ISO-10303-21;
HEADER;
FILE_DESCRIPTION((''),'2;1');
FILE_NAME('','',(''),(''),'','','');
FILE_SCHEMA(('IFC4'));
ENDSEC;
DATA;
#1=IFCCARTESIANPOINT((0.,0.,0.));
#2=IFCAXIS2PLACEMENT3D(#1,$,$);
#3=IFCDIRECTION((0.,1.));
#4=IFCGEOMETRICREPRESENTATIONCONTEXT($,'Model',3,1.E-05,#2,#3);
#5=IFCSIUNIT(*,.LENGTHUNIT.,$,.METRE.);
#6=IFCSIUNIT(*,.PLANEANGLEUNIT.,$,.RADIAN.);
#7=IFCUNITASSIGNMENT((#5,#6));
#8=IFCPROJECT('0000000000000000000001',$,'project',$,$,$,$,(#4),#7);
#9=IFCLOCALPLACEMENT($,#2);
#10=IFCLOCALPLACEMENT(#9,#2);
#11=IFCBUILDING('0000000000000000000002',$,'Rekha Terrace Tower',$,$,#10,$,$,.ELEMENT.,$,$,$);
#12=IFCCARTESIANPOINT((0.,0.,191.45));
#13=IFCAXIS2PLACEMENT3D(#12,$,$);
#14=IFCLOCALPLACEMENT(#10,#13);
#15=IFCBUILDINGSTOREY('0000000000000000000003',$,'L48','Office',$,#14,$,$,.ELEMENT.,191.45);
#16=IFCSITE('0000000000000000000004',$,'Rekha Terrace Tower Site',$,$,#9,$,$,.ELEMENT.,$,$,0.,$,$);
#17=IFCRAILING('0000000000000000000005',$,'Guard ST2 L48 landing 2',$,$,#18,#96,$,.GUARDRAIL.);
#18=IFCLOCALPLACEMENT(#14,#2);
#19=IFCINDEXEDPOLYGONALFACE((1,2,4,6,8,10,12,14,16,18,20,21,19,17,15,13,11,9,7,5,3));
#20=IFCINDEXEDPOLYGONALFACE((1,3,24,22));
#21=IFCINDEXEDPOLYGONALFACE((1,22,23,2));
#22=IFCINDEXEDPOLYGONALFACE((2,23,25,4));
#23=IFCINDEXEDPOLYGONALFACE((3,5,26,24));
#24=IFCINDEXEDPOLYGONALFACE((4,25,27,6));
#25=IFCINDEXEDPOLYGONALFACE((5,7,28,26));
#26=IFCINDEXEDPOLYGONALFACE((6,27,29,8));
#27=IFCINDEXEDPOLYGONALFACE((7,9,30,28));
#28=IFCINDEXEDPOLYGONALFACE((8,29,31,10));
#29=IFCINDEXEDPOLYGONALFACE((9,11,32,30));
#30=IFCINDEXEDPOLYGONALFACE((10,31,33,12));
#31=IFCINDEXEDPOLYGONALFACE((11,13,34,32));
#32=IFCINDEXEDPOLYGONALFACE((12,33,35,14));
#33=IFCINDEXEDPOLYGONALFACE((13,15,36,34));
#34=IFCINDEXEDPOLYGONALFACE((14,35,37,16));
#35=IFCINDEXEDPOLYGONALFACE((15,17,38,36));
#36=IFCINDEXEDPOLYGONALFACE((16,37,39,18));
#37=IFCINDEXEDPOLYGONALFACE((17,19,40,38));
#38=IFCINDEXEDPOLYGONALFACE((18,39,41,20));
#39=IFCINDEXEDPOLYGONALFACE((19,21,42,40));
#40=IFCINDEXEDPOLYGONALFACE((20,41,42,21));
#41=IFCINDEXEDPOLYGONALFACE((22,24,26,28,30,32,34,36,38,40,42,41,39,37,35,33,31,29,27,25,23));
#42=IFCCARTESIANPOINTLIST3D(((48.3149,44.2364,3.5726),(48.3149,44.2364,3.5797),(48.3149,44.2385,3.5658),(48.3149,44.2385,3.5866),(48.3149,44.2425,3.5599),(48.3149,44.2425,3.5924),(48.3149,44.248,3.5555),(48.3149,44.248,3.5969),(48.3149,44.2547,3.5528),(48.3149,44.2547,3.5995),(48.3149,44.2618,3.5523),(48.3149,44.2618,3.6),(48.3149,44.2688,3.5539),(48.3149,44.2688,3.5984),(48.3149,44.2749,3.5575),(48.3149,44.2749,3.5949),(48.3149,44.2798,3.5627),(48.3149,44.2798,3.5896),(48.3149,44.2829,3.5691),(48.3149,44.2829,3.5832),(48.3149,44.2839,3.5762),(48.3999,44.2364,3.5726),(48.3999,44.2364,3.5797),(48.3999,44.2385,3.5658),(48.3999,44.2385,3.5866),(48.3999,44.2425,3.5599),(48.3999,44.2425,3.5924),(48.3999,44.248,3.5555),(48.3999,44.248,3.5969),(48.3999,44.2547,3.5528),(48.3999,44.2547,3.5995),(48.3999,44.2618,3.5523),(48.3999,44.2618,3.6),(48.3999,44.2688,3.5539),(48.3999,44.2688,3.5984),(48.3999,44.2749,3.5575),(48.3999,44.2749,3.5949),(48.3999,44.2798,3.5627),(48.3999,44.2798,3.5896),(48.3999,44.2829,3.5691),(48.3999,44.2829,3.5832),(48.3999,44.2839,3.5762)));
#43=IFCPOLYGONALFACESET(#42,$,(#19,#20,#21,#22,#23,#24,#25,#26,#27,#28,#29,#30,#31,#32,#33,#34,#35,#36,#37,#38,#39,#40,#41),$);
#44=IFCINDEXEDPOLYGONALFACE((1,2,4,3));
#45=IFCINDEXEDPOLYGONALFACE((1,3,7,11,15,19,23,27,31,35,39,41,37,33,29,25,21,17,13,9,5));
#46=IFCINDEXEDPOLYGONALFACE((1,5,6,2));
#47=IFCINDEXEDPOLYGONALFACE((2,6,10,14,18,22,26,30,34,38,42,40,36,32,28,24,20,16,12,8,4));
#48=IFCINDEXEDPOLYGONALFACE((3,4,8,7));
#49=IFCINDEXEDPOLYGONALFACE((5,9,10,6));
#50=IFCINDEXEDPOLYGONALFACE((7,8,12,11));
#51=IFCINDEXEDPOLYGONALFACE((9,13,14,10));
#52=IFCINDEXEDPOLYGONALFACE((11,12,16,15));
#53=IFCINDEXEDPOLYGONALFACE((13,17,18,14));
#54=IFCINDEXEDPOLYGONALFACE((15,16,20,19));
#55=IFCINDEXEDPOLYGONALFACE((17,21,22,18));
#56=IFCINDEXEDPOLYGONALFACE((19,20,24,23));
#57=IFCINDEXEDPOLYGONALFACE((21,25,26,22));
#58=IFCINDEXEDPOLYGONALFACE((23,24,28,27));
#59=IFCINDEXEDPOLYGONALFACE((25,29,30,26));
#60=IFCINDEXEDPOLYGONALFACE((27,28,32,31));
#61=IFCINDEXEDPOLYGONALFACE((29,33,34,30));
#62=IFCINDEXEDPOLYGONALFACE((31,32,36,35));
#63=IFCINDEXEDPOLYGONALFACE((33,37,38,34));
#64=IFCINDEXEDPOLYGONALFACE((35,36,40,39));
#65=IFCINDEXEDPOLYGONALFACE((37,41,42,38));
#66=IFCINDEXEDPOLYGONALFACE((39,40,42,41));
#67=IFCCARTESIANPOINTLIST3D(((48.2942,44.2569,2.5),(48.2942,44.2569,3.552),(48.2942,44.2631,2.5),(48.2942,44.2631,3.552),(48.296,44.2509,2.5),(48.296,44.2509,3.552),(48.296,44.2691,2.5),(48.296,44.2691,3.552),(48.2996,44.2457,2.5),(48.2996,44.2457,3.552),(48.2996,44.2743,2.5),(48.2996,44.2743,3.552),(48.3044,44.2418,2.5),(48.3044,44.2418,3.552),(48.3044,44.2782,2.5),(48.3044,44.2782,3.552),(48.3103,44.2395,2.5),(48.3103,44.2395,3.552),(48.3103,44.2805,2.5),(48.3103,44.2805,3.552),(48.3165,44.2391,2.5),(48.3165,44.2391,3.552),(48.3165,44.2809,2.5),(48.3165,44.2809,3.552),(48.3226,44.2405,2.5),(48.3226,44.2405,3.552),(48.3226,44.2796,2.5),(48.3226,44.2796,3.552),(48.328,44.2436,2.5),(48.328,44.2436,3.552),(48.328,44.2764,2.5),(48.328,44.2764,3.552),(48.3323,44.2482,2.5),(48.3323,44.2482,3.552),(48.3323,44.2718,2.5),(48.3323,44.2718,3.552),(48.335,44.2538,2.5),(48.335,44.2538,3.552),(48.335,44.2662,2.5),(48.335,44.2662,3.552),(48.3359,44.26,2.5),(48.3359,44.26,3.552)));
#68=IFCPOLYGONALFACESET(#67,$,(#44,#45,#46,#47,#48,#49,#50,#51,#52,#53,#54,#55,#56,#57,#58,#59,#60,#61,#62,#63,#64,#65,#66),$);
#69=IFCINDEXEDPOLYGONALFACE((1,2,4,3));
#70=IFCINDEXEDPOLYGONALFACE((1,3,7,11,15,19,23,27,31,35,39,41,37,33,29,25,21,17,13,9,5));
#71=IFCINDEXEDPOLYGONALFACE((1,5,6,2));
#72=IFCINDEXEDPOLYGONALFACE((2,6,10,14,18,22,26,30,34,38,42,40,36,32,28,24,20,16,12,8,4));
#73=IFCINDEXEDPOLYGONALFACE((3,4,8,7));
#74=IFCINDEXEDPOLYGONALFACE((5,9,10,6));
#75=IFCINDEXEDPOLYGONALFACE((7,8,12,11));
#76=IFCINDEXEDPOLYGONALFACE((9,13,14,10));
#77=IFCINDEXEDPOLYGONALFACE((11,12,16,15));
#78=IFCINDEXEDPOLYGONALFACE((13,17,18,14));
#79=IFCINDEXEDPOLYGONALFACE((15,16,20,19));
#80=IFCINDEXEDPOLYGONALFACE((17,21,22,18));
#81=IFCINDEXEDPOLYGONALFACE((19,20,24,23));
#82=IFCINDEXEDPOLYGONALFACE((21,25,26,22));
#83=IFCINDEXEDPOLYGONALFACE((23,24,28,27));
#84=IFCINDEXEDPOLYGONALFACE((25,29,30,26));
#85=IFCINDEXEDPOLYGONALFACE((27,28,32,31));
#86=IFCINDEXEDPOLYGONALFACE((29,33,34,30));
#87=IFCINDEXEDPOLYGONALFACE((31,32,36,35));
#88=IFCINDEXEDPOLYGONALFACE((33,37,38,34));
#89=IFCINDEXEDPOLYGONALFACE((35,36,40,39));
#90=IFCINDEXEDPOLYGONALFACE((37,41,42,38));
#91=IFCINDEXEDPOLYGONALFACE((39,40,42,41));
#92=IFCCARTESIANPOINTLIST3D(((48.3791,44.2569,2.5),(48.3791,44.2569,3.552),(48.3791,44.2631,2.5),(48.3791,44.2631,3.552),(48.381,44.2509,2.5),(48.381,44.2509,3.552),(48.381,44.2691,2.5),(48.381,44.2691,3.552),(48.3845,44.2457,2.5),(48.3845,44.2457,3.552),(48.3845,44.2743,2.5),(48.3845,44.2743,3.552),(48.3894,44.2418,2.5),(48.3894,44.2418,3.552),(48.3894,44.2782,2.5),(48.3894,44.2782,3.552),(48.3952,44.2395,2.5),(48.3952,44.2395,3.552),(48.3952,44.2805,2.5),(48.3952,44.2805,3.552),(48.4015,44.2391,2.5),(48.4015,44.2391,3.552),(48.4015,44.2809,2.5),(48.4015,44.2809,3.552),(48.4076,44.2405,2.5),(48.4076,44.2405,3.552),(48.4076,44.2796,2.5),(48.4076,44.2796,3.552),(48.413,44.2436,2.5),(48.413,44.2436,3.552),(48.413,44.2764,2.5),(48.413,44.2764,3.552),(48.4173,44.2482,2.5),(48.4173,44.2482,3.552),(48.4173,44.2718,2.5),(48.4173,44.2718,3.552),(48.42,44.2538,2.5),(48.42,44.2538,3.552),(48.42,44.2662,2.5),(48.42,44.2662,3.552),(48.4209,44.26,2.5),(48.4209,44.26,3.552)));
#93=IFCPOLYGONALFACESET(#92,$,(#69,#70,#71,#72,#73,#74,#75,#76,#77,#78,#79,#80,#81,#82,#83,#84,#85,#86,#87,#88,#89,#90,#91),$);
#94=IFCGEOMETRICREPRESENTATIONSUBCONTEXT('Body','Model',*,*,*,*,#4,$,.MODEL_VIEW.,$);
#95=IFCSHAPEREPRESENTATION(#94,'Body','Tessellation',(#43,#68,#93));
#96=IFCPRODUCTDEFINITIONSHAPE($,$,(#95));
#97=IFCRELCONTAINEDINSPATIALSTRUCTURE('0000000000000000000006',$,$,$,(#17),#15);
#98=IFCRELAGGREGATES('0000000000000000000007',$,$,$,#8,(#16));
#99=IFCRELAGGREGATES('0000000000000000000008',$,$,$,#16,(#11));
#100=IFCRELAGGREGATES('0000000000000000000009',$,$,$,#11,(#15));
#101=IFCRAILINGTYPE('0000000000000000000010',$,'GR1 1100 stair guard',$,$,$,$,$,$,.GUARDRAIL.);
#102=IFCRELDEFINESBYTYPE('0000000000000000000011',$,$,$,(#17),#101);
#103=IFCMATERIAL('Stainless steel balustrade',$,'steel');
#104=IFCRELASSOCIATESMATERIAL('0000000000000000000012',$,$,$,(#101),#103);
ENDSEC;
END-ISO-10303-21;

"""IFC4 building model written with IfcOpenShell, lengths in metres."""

from ifc_helpers import new_model, si_unit, direction, frame, origin, origin_2d, place, context, subcontext, project, spatial, circle, extrude, material, type_object, element, save


model = new_model("IFC4")

# Units and contexts
model_context = context("Model", 3, precision=1e-05, world=origin(), true_north=direction((0.0, 1.0)))
body_context = subcontext(model_context, "Body", "Model", "MODEL_VIEW")
ifc_project = project(units=[si_unit("LENGTHUNIT", "METRE"), si_unit("PLANEANGLEUNIT", "RADIAN")], contexts=[model_context])

# Site, building, storey
site_placement = place(None, origin())
site = spatial("IfcSite", under=ifc_project, at=site_placement, Name="Rekha Terrace Tower Site", CompositionType="ELEMENT", RefElevation=0.0)
building_placement = place(site_placement, origin())
building = spatial("IfcBuilding", under=site, at=building_placement, Name="Rekha Terrace Tower", CompositionType="ELEMENT")
storey_placement = place(building_placement, frame((0.0, 0.0, 191.45)))
storey = spatial("IfcBuildingStorey", under=building, at=storey_placement, Name="L48", Description="Office", CompositionType="ELEMENT", Elevation=191.45)

# Railing
ifc_material_1 = material(Name="Stainless steel balustrade", Category="steel")
railing_type_1 = type_object("IfcRailingType", Name="GR1 1100 stair guard", PredefinedType="GUARDRAIL", material=ifc_material_1)
railing_1_placement = place(storey_placement, frame((48.3149, 44.26, 2.5)))
element("IfcRailing", 1, at=railing_1_placement, inside=storey, type_object=railing_type_1, Name="Guard ST2 L48 landing 2", PredefinedType="GUARDRAIL", context=body_context, shape_type="SweptSolid", body=[
    extrude(circle(Radius=0.0239, at=origin_2d()), frame((0.0, 0.0, 1.0762), z_axis=(1.0, 0.0, 0.0), x_axis=(0.0, 1.0, 0.0)), (0.0, 0.0, 1.0), 0.085),
    extrude(circle(Radius=0.021, at=origin_2d()), origin(), (0.0, 0.0, 1.0), 1.052),
    extrude(circle(Radius=0.021, at=origin_2d()), frame((0.085, 0.0, 0.0)), (0.0, 0.0, 1.0), 1.052),
])

save(model, "model.ifc")
